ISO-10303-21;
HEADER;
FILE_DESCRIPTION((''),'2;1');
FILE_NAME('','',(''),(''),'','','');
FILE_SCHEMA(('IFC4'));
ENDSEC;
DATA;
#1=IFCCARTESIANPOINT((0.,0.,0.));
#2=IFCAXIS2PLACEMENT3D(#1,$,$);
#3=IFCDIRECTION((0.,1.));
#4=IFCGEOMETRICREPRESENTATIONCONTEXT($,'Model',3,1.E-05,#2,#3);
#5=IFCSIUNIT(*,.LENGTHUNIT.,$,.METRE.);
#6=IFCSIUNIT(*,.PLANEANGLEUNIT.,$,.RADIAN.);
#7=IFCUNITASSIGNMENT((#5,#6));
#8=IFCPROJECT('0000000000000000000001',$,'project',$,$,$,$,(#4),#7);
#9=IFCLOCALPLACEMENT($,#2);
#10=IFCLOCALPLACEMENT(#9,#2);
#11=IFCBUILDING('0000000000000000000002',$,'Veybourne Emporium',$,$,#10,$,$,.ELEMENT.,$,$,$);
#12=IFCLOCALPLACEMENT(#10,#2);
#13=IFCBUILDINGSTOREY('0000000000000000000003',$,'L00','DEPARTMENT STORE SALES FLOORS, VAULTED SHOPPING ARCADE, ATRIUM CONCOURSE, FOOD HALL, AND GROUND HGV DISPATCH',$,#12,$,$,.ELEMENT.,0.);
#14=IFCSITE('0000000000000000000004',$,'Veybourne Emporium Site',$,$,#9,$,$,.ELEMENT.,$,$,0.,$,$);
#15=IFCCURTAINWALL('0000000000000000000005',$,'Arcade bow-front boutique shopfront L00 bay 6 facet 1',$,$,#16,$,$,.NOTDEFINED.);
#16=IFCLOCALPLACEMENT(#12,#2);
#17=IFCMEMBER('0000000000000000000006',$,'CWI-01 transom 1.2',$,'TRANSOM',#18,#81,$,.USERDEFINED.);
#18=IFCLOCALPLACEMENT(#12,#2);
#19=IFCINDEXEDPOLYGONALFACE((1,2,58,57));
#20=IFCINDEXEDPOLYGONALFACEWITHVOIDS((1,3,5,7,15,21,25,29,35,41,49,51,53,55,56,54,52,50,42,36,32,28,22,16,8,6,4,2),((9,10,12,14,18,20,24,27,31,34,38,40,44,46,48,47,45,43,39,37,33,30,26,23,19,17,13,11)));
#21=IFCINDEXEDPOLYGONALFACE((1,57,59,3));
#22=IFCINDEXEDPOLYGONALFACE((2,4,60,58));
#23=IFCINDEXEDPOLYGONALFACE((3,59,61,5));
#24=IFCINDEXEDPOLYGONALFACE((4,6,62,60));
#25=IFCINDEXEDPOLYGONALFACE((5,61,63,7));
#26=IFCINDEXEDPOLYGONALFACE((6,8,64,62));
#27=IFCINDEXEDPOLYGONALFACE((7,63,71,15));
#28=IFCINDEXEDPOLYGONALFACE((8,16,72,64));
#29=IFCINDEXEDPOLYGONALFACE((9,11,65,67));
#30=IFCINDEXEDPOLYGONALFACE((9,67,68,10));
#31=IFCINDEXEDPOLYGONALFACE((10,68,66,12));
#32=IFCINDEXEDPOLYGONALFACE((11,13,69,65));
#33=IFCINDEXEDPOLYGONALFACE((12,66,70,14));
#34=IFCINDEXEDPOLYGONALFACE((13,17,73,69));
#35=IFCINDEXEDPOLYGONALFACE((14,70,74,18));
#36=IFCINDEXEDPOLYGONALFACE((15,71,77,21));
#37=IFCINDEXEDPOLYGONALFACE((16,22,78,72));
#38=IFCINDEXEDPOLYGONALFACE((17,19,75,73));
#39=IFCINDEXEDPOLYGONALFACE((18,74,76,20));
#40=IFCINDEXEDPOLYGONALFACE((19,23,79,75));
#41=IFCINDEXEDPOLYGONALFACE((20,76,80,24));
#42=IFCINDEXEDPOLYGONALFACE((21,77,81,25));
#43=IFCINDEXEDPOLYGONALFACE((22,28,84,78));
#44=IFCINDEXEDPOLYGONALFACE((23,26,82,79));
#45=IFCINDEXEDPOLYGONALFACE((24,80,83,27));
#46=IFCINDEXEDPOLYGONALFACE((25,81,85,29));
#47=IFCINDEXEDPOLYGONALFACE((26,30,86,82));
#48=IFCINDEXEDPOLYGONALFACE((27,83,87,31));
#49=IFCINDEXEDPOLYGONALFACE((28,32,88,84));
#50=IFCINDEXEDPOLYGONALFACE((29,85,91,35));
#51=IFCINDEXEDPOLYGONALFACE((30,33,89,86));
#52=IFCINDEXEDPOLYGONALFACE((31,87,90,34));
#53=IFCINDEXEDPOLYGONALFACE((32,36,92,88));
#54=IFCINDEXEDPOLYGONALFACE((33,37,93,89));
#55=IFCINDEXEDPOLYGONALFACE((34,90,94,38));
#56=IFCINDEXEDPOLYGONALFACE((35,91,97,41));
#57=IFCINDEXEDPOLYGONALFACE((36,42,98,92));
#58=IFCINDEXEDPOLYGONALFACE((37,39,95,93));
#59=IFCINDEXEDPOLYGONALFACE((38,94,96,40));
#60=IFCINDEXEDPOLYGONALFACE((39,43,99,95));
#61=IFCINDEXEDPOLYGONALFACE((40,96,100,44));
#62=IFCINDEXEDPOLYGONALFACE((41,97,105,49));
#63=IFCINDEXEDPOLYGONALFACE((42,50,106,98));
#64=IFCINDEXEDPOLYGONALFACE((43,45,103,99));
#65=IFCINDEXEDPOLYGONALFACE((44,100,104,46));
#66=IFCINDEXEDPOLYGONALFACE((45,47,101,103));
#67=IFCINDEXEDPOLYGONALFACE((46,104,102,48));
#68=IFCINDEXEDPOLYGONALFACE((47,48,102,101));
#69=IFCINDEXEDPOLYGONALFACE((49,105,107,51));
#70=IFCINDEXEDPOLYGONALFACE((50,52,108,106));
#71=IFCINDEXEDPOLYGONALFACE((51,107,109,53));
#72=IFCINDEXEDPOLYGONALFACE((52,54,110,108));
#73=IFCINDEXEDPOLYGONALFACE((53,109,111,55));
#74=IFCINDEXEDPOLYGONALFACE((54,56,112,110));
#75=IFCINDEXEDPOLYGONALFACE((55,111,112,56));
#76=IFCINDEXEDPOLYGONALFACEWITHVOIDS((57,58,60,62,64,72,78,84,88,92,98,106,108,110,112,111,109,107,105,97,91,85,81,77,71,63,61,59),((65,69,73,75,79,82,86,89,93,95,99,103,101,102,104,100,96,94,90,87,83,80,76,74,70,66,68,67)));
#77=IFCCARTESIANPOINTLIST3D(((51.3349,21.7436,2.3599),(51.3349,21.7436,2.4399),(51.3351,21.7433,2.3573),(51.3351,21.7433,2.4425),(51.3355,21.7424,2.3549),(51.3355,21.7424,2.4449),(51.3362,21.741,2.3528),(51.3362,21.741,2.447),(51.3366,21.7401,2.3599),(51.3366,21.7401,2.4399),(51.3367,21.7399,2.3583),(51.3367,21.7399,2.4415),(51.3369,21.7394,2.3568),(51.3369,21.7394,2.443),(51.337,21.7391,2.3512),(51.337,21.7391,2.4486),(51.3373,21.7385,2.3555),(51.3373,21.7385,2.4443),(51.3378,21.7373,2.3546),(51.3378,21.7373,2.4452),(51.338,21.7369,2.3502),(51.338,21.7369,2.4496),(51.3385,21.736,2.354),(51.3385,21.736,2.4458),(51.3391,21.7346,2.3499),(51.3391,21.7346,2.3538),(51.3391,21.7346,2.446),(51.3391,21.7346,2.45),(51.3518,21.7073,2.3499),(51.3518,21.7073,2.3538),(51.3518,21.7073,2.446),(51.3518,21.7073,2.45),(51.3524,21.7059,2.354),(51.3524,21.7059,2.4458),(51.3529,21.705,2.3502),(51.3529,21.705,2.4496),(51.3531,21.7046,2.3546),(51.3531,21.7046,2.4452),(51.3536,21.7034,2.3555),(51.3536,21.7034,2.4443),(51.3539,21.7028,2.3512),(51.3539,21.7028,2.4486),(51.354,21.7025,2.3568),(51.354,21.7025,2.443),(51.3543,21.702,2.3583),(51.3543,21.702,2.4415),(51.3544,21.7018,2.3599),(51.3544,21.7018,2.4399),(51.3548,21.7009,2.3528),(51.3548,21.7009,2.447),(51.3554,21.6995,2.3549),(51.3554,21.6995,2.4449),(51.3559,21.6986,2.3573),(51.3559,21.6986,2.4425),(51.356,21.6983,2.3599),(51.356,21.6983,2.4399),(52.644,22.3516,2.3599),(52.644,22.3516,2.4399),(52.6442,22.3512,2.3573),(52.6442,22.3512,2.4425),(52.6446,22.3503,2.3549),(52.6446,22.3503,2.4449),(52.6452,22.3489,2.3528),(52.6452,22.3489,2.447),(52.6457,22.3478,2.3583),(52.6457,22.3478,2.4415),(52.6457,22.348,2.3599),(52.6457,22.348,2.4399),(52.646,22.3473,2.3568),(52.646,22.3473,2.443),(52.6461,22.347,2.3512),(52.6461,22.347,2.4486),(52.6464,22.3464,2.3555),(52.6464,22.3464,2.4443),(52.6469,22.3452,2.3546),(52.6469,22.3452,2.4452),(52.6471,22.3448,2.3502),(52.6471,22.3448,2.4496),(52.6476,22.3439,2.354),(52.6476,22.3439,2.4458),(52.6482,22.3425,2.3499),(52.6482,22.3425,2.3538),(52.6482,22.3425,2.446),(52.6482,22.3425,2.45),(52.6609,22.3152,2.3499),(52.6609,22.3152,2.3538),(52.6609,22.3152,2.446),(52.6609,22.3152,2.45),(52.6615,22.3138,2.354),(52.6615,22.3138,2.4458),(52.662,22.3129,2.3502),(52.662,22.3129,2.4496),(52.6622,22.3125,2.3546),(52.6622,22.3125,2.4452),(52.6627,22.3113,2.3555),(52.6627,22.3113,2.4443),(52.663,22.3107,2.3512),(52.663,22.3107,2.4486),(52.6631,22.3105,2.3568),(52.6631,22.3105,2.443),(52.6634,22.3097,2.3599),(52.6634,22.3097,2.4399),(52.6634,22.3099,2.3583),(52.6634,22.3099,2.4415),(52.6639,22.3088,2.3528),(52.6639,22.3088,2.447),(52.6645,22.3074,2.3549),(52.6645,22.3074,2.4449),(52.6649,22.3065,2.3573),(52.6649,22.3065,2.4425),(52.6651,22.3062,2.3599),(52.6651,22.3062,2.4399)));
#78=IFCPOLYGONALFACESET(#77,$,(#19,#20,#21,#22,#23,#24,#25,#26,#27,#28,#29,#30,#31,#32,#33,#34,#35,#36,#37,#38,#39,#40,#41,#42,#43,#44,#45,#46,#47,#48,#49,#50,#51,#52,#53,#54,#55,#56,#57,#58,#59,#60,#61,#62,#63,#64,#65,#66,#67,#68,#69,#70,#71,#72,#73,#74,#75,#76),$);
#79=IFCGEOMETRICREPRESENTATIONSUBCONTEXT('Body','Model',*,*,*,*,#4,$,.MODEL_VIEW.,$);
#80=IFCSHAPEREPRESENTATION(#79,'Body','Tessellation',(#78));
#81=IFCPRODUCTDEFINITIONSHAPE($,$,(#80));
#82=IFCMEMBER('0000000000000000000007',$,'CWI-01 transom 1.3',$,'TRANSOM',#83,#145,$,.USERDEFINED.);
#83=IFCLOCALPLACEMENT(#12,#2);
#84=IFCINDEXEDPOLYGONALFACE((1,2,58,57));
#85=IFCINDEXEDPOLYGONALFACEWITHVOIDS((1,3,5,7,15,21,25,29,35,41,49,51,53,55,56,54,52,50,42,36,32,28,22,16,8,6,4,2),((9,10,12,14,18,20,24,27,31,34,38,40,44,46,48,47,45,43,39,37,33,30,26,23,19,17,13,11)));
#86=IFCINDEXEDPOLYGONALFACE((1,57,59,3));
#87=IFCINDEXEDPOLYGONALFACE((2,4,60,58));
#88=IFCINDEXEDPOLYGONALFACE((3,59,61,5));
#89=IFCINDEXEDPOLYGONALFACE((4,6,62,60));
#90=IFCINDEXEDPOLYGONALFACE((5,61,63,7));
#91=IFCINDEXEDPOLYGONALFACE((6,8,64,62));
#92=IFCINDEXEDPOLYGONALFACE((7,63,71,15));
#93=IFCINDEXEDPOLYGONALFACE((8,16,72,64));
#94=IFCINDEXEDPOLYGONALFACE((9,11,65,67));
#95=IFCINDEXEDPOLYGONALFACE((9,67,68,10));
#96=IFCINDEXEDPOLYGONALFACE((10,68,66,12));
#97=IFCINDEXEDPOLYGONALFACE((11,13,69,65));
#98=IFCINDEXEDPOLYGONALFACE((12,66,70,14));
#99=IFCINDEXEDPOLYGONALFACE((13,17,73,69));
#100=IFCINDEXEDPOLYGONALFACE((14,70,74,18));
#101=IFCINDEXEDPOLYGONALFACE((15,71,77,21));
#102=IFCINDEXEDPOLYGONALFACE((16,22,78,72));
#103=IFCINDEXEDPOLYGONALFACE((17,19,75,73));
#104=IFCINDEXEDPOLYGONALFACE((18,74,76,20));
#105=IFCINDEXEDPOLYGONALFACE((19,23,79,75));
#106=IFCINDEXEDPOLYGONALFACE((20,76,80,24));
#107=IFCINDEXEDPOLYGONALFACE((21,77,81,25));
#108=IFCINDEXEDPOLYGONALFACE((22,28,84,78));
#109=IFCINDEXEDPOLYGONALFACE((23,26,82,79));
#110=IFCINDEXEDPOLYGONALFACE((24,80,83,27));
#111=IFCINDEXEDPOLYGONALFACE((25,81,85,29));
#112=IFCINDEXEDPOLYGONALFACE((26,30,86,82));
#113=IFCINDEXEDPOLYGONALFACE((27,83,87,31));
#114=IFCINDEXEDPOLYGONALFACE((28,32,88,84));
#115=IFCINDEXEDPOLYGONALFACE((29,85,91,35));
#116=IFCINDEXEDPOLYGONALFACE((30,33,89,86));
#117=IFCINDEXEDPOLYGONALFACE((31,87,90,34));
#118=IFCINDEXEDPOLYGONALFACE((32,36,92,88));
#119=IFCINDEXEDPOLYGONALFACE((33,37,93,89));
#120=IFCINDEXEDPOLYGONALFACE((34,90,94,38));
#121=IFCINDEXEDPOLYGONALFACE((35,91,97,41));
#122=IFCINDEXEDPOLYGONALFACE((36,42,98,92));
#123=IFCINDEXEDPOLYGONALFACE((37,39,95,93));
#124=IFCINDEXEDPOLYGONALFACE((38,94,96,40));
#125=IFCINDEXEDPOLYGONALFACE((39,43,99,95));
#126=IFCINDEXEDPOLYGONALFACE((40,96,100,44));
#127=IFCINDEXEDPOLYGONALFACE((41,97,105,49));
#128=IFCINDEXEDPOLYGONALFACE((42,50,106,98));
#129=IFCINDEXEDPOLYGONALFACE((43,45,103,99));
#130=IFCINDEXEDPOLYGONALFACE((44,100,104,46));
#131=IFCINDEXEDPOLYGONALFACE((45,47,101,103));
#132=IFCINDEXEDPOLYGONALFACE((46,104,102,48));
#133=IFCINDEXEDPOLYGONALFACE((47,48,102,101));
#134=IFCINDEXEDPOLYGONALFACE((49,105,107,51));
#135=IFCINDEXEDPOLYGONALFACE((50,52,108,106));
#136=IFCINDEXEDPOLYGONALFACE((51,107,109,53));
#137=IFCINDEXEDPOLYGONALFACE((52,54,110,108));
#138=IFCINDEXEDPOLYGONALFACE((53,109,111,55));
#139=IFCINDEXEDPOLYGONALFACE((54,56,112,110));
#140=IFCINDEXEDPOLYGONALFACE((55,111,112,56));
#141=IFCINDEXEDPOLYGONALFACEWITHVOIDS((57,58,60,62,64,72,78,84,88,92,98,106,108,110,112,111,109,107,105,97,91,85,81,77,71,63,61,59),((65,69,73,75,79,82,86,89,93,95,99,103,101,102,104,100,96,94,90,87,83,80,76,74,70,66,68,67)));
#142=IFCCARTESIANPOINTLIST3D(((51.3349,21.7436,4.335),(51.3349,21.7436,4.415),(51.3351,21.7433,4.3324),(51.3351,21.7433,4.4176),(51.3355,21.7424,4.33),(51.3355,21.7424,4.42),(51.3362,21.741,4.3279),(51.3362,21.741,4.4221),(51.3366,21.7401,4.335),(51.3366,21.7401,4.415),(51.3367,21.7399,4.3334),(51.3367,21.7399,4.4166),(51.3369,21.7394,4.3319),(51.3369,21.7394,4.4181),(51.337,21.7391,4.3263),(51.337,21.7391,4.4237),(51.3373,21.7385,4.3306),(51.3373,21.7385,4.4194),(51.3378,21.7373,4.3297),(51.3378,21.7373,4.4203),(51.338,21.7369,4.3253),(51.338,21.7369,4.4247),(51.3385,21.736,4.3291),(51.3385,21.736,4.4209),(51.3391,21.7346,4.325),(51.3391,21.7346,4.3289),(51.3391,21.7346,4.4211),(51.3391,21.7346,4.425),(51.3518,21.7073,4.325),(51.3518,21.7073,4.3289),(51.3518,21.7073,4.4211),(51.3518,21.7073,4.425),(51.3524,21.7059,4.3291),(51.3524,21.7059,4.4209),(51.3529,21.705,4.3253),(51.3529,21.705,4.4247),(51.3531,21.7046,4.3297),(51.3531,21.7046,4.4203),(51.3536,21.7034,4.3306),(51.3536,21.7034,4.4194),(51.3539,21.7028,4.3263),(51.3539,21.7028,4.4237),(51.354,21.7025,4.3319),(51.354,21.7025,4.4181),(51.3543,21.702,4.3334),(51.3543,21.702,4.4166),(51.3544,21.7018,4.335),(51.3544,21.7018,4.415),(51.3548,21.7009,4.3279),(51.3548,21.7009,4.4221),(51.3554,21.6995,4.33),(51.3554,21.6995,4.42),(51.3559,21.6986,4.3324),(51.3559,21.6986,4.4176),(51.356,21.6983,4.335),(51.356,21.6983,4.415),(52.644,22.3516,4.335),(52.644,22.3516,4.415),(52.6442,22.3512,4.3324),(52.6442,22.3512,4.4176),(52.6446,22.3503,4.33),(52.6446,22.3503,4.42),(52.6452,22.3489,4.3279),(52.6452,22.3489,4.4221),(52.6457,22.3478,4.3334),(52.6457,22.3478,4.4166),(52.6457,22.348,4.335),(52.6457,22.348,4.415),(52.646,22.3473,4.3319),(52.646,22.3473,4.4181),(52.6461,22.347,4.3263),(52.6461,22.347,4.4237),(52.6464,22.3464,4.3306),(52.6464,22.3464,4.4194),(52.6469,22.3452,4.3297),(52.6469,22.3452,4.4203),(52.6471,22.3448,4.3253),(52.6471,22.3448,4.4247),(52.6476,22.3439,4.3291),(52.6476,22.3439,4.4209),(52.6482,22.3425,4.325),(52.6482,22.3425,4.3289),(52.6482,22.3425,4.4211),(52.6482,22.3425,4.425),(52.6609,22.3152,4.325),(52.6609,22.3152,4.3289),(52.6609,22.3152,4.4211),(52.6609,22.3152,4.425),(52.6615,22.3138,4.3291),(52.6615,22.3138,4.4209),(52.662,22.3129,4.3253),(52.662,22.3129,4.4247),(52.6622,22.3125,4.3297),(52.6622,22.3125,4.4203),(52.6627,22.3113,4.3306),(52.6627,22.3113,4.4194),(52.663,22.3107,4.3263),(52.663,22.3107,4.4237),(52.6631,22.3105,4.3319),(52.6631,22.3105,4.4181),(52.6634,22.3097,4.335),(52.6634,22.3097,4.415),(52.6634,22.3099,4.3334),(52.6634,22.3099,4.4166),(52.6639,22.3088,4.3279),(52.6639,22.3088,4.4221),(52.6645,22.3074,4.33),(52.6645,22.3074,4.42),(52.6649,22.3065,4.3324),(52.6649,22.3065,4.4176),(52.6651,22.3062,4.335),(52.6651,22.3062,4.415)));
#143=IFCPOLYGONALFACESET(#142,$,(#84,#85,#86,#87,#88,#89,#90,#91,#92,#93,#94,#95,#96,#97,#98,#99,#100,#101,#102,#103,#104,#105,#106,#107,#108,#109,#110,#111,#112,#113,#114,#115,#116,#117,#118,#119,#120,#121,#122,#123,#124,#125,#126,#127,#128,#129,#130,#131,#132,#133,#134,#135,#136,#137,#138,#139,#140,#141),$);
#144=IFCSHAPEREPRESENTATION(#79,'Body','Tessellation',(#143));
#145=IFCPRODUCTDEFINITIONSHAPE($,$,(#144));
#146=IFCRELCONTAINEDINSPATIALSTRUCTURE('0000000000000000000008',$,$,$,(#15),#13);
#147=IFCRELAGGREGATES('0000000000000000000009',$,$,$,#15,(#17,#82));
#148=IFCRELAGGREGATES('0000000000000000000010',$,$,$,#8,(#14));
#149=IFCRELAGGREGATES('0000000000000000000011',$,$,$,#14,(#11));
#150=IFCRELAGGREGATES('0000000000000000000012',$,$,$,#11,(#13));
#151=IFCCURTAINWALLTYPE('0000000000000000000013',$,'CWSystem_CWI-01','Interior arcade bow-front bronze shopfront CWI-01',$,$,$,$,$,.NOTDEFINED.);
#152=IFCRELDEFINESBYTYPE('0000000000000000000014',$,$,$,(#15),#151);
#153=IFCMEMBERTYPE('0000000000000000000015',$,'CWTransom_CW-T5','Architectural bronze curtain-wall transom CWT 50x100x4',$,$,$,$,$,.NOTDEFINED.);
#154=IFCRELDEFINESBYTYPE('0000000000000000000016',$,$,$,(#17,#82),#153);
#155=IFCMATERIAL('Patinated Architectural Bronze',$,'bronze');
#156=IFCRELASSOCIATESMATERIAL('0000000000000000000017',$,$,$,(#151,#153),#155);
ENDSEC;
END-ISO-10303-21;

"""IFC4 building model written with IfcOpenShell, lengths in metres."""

from ifc_helpers import new_model, si_unit, direction, frame, origin, origin_2d, place, context, subcontext, project, spatial, hollow_rectangle, extrude, material, material_profile, profile_set, type_object, element, aggregate, save


model = new_model("IFC4")

# Units and contexts
model_context = context("Model", 3, precision=1e-05, world=origin(), true_north=direction((0.0, 1.0)))
body_context = subcontext(model_context, "Body", "Model", "MODEL_VIEW")
ifc_project = project(units=[si_unit("LENGTHUNIT", "METRE"), si_unit("PLANEANGLEUNIT", "RADIAN")], contexts=[model_context])

# Site, building, storey
site_placement = place(None, origin())
site = spatial("IfcSite", under=ifc_project, at=site_placement, Name="Veybourne Emporium Site", CompositionType="ELEMENT", RefElevation=0.0)
building_placement = place(site_placement, origin())
building = spatial("IfcBuilding", under=site, at=building_placement, Name="Veybourne Emporium", CompositionType="ELEMENT")
storey_placement = place(building_placement, origin())
storey = spatial("IfcBuildingStorey", under=building, at=storey_placement, Name="L00", Description="DEPARTMENT STORE SALES FLOORS, VAULTED SHOPPING ARCADE, ATRIUM CONCOURSE, FOOD HALL, AND GROUND HGV DISPATCH", CompositionType="ELEMENT", Elevation=0.0)

# Curtain wall
ifc_material_1 = material(Name="Patinated Architectural Bronze", Category="bronze")
curtain_wall_type_1 = type_object("IfcCurtainWallType", Name="CWSystem_CWI-01", Description="Interior arcade bow-front bronze shopfront CWI-01", PredefinedType="NOTDEFINED", material=ifc_material_1)
curtain_wall_1_placement = place(storey_placement, origin())
curtain_wall_1 = element("IfcCurtainWall", 1, at=curtain_wall_1_placement, inside=storey, type_object=curtain_wall_type_1, Name="Arcade bow-front boutique shopfront L00 bay 6 facet 1", PredefinedType="NOTDEFINED")

# Members
ifc_material_profile_1 = material_profile(ifc_material_1, hollow_rectangle(XDim=0.05, YDim=0.1001, WallThickness=0.0039, InnerFilletRadius=0.0061, OuterFilletRadius=0.01, at=origin_2d()), Name="CWT 50x100x4")
ifc_profile_set_1 = profile_set([ifc_material_profile_1], Name="Patinated Architectural Bronze")
member_type_1 = type_object("IfcMemberType", Name="CWTransom_CW-T5", Description="Architectural bronze curtain-wall transom CWT 50x100x4", PredefinedType="NOTDEFINED", material=ifc_profile_set_1)
member_1_placement = place(storey_placement, frame((51.3455, 21.7209, 2.3999), z_axis=(0.906977, 0.421181, 0.0), x_axis=(-0.421181, 0.906977, 0.0)))
member_1 = element("IfcMember", 2, at=member_1_placement, type_object=member_type_1, Name="CWI-01 transom 1.2", ObjectType="TRANSOM", PredefinedType="USERDEFINED", context=body_context, shape_type="SweptSolid", body=[
    extrude(hollow_rectangle(XDim=0.05, YDim=0.1001, WallThickness=0.0039, InnerFilletRadius=0.0061, OuterFilletRadius=0.01, at=origin_2d()), origin(), (0.0, 0.0, 1.0), 1.4434),
])
member_2_placement = place(storey_placement, frame((51.3455, 21.7209, 4.375), z_axis=(0.906977, 0.421181, 0.0), x_axis=(-0.421181, 0.906977, 0.0)))
member_2 = element("IfcMember", 3, at=member_2_placement, type_object=member_type_1, Name="CWI-01 transom 1.3", ObjectType="TRANSOM", PredefinedType="USERDEFINED", context=body_context, shape_type="SweptSolid", body=[
    extrude(hollow_rectangle(XDim=0.05, YDim=0.1001, WallThickness=0.0039, InnerFilletRadius=0.0061, OuterFilletRadius=0.01, at=origin_2d()), origin(), (0.0, 0.0, 1.0), 1.4434),
])

aggregate(curtain_wall_1, [member_1, member_2])

save(model, "model.ifc")
